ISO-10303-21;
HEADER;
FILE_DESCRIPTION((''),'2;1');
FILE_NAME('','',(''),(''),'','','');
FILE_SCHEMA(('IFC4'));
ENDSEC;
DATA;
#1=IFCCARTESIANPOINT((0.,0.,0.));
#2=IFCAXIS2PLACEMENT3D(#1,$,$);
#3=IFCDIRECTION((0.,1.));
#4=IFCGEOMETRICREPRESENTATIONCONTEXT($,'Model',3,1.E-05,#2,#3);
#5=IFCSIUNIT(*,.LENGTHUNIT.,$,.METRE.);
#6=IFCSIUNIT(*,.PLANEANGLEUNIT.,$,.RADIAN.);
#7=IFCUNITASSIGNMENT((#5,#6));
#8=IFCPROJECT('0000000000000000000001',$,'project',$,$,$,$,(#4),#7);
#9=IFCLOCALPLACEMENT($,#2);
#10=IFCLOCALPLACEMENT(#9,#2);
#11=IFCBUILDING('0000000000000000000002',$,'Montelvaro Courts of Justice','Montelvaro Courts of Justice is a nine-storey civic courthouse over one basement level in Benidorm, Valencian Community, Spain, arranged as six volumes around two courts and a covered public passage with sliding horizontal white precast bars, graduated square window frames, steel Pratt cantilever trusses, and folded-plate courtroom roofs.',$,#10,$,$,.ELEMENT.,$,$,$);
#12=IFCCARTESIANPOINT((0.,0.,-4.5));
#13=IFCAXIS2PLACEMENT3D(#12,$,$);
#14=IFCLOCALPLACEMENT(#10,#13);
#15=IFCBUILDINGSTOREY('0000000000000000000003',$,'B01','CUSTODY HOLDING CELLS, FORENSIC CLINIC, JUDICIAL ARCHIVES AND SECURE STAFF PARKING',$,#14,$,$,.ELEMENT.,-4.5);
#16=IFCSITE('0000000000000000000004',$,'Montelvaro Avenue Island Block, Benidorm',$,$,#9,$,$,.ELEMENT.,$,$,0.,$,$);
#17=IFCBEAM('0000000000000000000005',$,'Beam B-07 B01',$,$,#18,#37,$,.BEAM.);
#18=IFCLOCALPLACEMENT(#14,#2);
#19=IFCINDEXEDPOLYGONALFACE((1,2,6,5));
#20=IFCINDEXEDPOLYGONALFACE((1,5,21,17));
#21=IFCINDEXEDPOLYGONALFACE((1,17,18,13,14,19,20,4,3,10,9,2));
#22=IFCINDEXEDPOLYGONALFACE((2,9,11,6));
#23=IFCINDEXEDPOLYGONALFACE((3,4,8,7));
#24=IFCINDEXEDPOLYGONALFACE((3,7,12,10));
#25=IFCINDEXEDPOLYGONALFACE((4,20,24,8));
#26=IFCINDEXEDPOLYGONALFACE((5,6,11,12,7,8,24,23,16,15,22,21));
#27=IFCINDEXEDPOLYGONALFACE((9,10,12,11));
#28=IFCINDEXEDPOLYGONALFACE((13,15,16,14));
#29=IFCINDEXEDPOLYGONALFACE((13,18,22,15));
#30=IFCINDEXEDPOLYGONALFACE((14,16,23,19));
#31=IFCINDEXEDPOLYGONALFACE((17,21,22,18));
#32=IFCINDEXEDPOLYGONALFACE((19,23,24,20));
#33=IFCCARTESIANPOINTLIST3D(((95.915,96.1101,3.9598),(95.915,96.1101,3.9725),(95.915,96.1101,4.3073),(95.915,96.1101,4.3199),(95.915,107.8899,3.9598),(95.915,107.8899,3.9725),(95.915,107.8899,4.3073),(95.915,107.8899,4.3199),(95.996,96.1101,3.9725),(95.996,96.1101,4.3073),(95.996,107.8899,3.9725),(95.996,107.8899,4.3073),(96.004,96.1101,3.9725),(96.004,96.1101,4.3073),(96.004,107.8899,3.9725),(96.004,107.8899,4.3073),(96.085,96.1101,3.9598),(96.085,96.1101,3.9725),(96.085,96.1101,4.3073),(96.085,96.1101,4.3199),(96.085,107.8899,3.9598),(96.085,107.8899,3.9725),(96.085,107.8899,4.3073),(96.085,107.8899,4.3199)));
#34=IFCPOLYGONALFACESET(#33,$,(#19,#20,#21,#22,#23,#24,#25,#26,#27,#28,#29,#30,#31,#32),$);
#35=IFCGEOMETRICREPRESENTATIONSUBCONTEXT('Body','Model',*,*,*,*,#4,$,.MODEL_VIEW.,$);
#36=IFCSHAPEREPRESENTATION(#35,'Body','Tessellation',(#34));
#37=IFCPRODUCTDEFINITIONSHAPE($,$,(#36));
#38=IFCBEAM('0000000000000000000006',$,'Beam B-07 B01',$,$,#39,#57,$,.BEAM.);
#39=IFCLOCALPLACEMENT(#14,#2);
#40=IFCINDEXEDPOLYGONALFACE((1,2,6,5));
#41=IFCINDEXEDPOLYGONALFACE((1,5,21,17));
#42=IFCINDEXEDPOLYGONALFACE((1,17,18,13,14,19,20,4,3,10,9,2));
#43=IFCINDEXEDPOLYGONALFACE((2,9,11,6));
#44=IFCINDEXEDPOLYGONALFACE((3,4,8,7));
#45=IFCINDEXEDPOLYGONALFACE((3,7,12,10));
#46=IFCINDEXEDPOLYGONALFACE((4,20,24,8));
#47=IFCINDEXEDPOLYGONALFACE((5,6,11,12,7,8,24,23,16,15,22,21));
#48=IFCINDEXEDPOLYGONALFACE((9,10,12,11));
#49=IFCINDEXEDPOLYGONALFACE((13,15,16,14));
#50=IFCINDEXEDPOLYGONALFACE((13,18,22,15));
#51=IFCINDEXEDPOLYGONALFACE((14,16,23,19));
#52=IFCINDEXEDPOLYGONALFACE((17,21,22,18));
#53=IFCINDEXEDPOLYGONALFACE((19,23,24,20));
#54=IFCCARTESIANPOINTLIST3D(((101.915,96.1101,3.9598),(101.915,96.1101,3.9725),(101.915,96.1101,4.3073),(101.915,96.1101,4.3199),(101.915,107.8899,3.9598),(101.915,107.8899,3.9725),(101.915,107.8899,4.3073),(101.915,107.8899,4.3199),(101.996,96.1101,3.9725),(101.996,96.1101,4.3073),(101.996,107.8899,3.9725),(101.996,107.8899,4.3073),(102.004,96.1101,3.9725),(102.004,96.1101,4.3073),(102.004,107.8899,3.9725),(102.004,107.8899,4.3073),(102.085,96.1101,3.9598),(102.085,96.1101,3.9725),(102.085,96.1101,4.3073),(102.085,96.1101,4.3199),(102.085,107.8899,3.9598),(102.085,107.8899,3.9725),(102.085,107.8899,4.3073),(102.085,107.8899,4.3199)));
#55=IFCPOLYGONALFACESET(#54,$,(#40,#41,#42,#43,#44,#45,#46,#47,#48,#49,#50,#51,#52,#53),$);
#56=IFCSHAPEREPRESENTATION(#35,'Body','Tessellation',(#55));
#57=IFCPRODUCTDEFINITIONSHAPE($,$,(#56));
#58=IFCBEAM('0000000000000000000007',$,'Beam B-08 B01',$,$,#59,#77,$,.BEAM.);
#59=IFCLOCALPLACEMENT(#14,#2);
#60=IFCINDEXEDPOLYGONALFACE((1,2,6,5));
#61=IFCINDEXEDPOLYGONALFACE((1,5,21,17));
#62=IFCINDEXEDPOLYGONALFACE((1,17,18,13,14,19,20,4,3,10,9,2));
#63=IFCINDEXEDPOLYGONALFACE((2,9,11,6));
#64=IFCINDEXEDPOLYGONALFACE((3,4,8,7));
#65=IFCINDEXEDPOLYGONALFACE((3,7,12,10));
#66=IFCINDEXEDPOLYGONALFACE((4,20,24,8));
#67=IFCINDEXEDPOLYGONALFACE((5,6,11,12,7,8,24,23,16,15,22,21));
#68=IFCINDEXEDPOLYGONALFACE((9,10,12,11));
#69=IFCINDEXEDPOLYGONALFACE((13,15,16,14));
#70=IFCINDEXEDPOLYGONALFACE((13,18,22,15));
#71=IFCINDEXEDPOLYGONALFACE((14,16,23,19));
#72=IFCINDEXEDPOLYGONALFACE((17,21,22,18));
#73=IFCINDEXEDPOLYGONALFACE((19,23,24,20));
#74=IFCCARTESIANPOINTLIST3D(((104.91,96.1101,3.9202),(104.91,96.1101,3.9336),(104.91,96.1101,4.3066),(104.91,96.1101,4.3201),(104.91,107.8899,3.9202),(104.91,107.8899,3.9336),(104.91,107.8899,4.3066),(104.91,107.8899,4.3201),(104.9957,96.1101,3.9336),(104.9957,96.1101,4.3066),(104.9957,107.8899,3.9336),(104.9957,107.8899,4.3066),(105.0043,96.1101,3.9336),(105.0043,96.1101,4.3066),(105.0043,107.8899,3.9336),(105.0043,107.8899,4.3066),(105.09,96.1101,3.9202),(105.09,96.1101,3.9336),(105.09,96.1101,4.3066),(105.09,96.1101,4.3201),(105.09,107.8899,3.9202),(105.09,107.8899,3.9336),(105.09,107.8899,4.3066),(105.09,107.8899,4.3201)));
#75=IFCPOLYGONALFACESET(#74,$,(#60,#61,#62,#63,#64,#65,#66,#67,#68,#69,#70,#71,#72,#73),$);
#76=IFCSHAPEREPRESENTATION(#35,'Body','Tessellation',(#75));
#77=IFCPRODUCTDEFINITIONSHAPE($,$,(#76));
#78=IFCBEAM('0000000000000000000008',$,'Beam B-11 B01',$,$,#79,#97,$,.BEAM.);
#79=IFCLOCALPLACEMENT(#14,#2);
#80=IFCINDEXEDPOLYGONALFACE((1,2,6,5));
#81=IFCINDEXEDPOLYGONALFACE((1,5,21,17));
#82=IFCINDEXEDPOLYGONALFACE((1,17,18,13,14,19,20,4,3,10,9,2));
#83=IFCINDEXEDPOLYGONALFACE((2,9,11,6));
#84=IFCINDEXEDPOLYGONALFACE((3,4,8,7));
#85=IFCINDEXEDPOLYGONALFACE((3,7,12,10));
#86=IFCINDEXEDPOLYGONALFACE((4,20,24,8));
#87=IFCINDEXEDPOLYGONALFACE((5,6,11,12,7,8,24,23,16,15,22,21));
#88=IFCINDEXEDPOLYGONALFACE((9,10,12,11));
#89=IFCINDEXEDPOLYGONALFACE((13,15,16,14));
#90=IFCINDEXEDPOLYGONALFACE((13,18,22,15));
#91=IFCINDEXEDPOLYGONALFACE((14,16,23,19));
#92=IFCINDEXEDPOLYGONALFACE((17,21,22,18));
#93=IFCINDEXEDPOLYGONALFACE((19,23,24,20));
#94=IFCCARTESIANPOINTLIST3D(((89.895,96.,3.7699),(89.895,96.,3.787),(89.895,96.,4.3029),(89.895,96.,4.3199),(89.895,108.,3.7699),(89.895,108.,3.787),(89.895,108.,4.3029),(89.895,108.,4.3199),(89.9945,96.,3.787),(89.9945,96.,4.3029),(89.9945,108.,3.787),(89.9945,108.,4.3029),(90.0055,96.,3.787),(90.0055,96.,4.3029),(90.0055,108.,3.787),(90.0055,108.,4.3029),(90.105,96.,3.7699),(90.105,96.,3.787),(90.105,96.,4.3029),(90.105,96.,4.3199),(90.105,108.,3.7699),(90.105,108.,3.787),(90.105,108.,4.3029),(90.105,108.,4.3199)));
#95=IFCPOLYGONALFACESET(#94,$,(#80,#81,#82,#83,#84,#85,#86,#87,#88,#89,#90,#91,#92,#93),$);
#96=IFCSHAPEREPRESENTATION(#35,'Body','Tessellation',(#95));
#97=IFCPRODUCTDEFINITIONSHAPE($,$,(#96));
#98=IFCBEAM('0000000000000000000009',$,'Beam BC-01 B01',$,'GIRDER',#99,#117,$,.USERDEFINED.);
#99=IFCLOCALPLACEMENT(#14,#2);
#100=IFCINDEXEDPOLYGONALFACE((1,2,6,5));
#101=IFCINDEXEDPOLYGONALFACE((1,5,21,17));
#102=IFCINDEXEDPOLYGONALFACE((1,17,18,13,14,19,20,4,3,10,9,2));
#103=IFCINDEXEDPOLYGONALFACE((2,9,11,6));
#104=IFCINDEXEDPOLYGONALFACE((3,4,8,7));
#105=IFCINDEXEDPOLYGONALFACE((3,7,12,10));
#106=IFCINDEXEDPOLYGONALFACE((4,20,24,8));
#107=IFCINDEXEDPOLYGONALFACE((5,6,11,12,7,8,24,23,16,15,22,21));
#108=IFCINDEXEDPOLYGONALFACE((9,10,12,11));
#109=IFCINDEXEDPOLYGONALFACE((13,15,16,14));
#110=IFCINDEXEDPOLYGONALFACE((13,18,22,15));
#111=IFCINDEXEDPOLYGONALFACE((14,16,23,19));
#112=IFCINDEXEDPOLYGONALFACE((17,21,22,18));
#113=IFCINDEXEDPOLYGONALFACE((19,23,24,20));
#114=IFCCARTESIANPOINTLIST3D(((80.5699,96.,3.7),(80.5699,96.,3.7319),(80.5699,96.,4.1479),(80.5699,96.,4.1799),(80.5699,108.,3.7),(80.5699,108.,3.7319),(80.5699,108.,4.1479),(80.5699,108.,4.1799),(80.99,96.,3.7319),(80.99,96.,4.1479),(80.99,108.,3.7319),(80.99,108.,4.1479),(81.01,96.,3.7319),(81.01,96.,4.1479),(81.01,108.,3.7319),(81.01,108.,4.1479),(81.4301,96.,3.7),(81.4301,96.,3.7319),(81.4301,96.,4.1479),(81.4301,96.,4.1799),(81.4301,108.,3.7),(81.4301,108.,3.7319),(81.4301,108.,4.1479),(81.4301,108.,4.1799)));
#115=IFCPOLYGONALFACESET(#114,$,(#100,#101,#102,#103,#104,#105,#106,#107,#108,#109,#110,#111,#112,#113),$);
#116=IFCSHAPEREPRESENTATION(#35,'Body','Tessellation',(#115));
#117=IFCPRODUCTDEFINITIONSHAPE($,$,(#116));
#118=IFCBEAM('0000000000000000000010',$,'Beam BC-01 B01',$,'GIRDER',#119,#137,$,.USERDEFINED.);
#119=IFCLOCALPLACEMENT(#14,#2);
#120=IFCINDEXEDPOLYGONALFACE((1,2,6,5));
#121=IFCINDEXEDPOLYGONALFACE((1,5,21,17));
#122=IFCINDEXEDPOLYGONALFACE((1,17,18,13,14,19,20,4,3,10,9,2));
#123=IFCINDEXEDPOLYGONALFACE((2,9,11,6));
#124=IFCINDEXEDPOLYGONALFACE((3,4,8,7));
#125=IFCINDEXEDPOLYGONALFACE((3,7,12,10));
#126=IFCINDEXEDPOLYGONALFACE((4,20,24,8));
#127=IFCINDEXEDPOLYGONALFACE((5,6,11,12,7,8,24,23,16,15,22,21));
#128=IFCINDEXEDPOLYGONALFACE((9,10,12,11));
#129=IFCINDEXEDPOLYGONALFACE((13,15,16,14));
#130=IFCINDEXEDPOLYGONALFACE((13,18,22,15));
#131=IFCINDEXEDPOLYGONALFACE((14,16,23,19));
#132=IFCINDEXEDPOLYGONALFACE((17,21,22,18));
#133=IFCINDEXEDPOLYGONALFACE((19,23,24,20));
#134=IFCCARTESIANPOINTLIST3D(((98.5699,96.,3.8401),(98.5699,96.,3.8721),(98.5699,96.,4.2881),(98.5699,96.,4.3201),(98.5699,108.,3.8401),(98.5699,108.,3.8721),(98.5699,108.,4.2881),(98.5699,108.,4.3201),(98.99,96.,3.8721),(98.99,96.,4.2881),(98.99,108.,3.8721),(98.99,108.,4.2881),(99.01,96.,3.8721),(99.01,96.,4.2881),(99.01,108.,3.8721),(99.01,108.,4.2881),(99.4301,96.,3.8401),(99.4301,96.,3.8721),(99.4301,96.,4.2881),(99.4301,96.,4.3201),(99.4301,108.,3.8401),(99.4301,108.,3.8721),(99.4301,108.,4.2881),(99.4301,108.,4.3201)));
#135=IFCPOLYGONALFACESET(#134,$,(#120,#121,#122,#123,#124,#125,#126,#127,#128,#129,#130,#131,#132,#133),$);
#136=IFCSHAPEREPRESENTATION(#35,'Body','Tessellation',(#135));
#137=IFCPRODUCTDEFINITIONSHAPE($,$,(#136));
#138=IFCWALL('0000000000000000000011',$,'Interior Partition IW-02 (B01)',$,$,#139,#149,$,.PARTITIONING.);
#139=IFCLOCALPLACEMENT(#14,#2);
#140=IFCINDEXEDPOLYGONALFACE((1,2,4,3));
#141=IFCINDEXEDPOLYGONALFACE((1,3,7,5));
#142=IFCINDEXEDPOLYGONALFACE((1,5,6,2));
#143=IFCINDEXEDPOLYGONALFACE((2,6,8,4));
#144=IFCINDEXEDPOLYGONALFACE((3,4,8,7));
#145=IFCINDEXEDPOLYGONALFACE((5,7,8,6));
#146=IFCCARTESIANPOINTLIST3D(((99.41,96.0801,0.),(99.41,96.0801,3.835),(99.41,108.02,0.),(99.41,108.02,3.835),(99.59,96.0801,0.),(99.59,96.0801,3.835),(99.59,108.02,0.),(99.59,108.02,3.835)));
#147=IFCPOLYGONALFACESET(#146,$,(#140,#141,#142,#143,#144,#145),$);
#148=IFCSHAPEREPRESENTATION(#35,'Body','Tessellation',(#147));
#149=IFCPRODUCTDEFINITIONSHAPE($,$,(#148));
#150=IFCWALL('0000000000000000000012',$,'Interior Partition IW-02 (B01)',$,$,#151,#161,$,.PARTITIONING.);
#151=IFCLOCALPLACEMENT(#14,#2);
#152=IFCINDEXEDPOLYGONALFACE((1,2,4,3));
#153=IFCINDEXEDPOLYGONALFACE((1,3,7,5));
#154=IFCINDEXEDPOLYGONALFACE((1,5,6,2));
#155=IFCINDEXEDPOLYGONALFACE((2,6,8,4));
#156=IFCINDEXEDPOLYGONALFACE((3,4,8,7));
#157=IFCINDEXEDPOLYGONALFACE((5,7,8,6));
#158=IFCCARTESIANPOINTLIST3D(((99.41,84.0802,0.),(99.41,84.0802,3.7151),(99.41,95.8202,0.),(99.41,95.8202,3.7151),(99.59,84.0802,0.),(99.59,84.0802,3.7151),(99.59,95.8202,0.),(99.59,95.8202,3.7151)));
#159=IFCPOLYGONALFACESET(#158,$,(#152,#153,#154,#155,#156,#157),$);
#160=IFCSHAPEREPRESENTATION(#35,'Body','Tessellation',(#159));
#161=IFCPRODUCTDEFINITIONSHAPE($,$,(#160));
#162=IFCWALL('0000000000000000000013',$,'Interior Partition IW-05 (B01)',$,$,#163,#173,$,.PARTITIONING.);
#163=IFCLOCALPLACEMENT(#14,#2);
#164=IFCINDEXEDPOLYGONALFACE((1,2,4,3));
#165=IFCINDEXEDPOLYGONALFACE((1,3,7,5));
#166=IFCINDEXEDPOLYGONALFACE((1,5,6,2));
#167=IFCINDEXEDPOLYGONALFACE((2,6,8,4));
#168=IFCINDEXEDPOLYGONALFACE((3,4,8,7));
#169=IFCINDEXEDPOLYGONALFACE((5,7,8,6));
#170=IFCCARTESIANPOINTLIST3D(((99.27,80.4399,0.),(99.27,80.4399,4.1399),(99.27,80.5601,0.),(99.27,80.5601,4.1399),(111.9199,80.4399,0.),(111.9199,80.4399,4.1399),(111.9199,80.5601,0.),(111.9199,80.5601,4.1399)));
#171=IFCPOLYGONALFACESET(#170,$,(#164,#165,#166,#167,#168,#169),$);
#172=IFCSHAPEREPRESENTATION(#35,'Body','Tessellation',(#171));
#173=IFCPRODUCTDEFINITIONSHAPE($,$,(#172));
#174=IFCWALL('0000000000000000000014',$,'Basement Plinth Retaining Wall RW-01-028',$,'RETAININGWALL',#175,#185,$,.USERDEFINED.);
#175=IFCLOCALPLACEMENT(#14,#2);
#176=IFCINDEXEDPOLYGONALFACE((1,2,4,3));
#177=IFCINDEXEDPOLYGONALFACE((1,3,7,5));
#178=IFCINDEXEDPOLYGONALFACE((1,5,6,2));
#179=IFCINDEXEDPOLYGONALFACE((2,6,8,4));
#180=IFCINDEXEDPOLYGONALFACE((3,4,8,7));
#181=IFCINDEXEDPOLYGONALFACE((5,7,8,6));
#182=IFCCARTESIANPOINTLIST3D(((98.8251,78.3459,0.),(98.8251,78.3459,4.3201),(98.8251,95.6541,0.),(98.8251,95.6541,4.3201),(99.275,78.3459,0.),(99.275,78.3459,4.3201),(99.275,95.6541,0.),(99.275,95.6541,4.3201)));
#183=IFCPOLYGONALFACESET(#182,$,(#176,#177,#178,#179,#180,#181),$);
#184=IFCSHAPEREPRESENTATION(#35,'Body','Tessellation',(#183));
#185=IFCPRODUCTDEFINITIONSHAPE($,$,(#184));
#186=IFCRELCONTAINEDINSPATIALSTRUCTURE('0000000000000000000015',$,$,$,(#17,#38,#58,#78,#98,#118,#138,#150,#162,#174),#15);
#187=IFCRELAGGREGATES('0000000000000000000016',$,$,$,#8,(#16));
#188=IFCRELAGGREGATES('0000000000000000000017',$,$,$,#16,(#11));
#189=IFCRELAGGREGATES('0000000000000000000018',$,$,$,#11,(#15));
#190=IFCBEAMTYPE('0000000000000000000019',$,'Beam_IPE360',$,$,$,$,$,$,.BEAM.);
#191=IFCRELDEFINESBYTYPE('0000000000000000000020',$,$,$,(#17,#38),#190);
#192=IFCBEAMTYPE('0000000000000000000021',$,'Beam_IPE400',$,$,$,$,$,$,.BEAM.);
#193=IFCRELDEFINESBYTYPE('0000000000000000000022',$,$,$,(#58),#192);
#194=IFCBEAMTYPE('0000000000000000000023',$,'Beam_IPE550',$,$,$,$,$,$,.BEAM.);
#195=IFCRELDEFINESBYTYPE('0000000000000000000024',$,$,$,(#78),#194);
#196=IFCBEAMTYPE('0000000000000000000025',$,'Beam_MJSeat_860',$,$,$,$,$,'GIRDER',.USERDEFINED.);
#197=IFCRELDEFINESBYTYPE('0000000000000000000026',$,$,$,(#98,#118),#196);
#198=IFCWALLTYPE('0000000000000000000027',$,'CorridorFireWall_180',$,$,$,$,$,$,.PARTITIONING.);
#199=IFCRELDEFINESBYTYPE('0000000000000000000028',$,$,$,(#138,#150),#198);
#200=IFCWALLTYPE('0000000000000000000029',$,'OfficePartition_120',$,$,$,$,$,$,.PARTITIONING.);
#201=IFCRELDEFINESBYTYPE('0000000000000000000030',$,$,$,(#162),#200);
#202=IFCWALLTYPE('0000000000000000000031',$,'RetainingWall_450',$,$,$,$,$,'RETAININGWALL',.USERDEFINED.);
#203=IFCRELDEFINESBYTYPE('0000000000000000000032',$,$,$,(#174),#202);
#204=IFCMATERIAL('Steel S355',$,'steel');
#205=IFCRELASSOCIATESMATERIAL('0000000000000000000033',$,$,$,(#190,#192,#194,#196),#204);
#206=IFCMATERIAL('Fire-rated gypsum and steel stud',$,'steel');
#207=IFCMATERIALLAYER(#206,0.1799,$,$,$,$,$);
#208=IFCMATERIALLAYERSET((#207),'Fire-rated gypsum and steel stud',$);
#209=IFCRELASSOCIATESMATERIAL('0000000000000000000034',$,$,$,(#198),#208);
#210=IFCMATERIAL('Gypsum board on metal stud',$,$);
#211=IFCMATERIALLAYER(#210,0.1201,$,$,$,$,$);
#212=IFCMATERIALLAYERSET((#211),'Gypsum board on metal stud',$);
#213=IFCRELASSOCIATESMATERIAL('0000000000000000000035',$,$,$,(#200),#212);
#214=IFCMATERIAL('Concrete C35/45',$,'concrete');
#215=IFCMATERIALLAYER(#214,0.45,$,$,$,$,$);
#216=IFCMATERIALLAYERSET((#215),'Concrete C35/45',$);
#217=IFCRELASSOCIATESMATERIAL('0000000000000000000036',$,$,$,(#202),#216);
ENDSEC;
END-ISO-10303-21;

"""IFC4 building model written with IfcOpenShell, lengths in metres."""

from ifc_helpers import new_model, si_unit, direction, frame, frame_2d, origin, origin_2d, place, context, subcontext, project, spatial, rectangle, i_section, extrude, material, layer, layer_set, material_profile, profile_set, type_object, element, save


model = new_model("IFC4")

# Units and contexts
model_context = context("Model", 3, precision=1e-05, world=origin(), true_north=direction((0.0, 1.0)))
body_context = subcontext(model_context, "Body", "Model", "MODEL_VIEW")
ifc_project = project(units=[si_unit("LENGTHUNIT", "METRE"), si_unit("PLANEANGLEUNIT", "RADIAN")], contexts=[model_context])

# Site, building, storey
site_placement = place(None, origin())
site = spatial("IfcSite", under=ifc_project, at=site_placement, Name="Montelvaro Avenue Island Block, Benidorm", CompositionType="ELEMENT", RefElevation=0.0)
building_placement = place(site_placement, origin())
building = spatial("IfcBuilding", under=site, at=building_placement, Name="Montelvaro Courts of Justice", Description="Montelvaro Courts of Justice is a nine-storey civic courthouse over one basement level in Benidorm, Valencian Community, Spain, arranged as six volumes around two courts and a covered public passage with sliding horizontal white precast bars, graduated square window frames, steel Pratt cantilever trusses, and folded-plate courtroom roofs.", CompositionType="ELEMENT")
storey_placement = place(building_placement, frame((0.0, 0.0, -4.5)))
storey = spatial("IfcBuildingStorey", under=building, at=storey_placement, Name="B01", Description="CUSTODY HOLDING CELLS, FORENSIC CLINIC, JUDICIAL ARCHIVES AND SECURE STAFF PARKING", CompositionType="ELEMENT", Elevation=-4.5)

# Shared definitions
ifc_material_1 = material(Name="Concrete C35/45", Category="concrete")

# Beams
ifc_material_2 = material(Name="Steel S355", Category="steel")
ifc_material_profile_1 = material_profile(ifc_material_2, i_section(OverallWidth=0.1699, OverallDepth=0.3601, WebThickness=0.0081, FlangeThickness=0.0127, at=origin_2d()), Name="IPE 360")
ifc_profile_set_1 = profile_set([ifc_material_profile_1], Name="Steel S355")
beam_type_1 = type_object("IfcBeamType", Name="Beam_IPE360", PredefinedType="BEAM", material=ifc_profile_set_1)
for number, where, z_axis, x_axis, name in (
    (1, (96.0, 96.1101, 4.1399), (0.0, 1.0, 0.0), (-1.0, 0.0, 0.0), "Beam B-07 B01"),
    (2, (102.0, 96.1101, 4.1399), (0.0, 1.0, 0.0), (-1.0, 0.0, 0.0), "Beam B-07 B01"),
):
    element("IfcBeam", number, at=place(storey_placement, frame(where, z_axis=z_axis, x_axis=x_axis)), inside=storey, type_object=beam_type_1, Name=name, PredefinedType="BEAM", context=body_context, shape_type="SweptSolid", body=[
        extrude(i_section(OverallWidth=0.1699, OverallDepth=0.3601, WebThickness=0.0081, FlangeThickness=0.0127, at=origin_2d()), origin(), (0.0, 0.0, 1.0), 11.7798),
    ])
ifc_material_profile_2 = material_profile(ifc_material_2, i_section(OverallWidth=0.1799, OverallDepth=0.3999, WebThickness=0.0085, FlangeThickness=0.0134, at=origin_2d()), Name="IPE 400")
ifc_profile_set_2 = profile_set([ifc_material_profile_2], Name="Steel S355")
beam_type_2 = type_object("IfcBeamType", Name="Beam_IPE400", PredefinedType="BEAM", material=ifc_profile_set_2)
beam_1_placement = place(storey_placement, frame((105.0, 96.1101, 4.1201), z_axis=(0.0, 1.0, 0.0), x_axis=(-1.0, 0.0, 0.0)))
element("IfcBeam", 3, at=beam_1_placement, inside=storey, type_object=beam_type_2, Name="Beam B-08 B01", PredefinedType="BEAM", context=body_context, shape_type="SweptSolid", body=[
    extrude(i_section(OverallWidth=0.1799, OverallDepth=0.3999, WebThickness=0.0085, FlangeThickness=0.0134, at=origin_2d()), origin(), (0.0, 0.0, 1.0), 11.7798),
])
ifc_material_profile_3 = material_profile(ifc_material_2, i_section(OverallWidth=0.21, OverallDepth=0.55, WebThickness=0.011, FlangeThickness=0.0171, at=origin_2d()), Name="IPE 550")
ifc_profile_set_3 = profile_set([ifc_material_profile_3], Name="Steel S355")
beam_type_3 = type_object("IfcBeamType", Name="Beam_IPE550", PredefinedType="BEAM", material=ifc_profile_set_3)
beam_2_placement = place(storey_placement, frame((90.0, 96.0, 4.0449), z_axis=(0.0, 1.0, 0.0), x_axis=(-1.0, 0.0, 0.0)))
element("IfcBeam", 4, at=beam_2_placement, inside=storey, type_object=beam_type_3, Name="Beam B-11 B01", PredefinedType="BEAM", context=body_context, shape_type="SweptSolid", body=[
    extrude(i_section(OverallWidth=0.21, OverallDepth=0.55, WebThickness=0.011, FlangeThickness=0.0171, at=origin_2d()), origin(), (0.0, 0.0, 1.0), 12.0),
])
ifc_material_profile_4 = material_profile(ifc_material_2, i_section(OverallWidth=0.8601, OverallDepth=0.48, WebThickness=0.02, FlangeThickness=0.032, at=origin_2d()), Name="HL 480x860")
ifc_profile_set_4 = profile_set([ifc_material_profile_4], Name="Steel S355")
beam_type_4 = type_object("IfcBeamType", Name="Beam_MJSeat_860", ElementType="GIRDER", PredefinedType="USERDEFINED", material=ifc_profile_set_4)
for number, where, z_axis, x_axis, name in (
    (5, (81.0, 96.0, 3.9399), (0.0, 1.0, 0.0), (-1.0, 0.0, 0.0), "Beam BC-01 B01"),
    (6, (99.0, 96.0, 4.0801), (0.0, 1.0, 0.0), (-1.0, 0.0, 0.0), "Beam BC-01 B01"),
):
    element("IfcBeam", number, at=place(storey_placement, frame(where, z_axis=z_axis, x_axis=x_axis)), inside=storey, type_object=beam_type_4, Name=name, ObjectType="GIRDER", PredefinedType="USERDEFINED", context=body_context, shape_type="SweptSolid", body=[
        extrude(i_section(OverallWidth=0.8601, OverallDepth=0.48, WebThickness=0.02, FlangeThickness=0.032, at=origin_2d()), origin(), (0.0, 0.0, 1.0), 12.0),
    ])

# Walls
ifc_material_3 = material(Name="Fire-rated gypsum and steel stud", Category="steel")
ifc_layer_1 = layer(ifc_material_3, 0.1799)
ifc_layer_set_1 = layer_set([ifc_layer_1], Name="Fire-rated gypsum and steel stud")
wall_type_1 = type_object("IfcWallType", Name="CorridorFireWall_180", PredefinedType="PARTITIONING", material=ifc_layer_set_1)
wall_1_placement = place(storey_placement, frame((99.5, 96.0801, 0.0), z_axis=(0.0, 0.0, 1.0), x_axis=(0.0, 1.0, 0.0)))
element("IfcWall", 7, at=wall_1_placement, inside=storey, type_object=wall_type_1, Name="Interior Partition IW-02 (B01)", PredefinedType="PARTITIONING", context=body_context, shape_type="SweptSolid", body=[
    extrude(rectangle(XDim=11.9399, YDim=0.1799, at=frame_2d((5.97, 0.0))), origin(), (0.0, 0.0, 1.0), 3.835),
])
wall_2_placement = place(storey_placement, frame((99.5, 84.0801, 0.0), z_axis=(0.0, 0.0, 1.0), x_axis=(0.0, 1.0, 0.0)))
element("IfcWall", 8, at=wall_2_placement, inside=storey, type_object=wall_type_1, Name="Interior Partition IW-02 (B01)", PredefinedType="PARTITIONING", context=body_context, shape_type="SweptSolid", body=[
    extrude(rectangle(XDim=11.74, YDim=0.1799, at=frame_2d((5.8701, 0.0))), origin(), (0.0, 0.0, 1.0), 3.7151),
])
ifc_material_4 = material(Name="Gypsum board on metal stud")
ifc_layer_2 = layer(ifc_material_4, 0.1201)
ifc_layer_set_2 = layer_set([ifc_layer_2], Name="Gypsum board on metal stud")
wall_type_2 = type_object("IfcWallType", Name="OfficePartition_120", PredefinedType="PARTITIONING", material=ifc_layer_set_2)
wall_3_placement = place(storey_placement, frame((99.27, 80.5, 0.0), z_axis=(0.0, 0.0, 1.0), x_axis=(1.0, 0.0, 0.0)))
element("IfcWall", 9, at=wall_3_placement, inside=storey, type_object=wall_type_2, Name="Interior Partition IW-05 (B01)", PredefinedType="PARTITIONING", context=body_context, shape_type="SweptSolid", body=[
    extrude(rectangle(XDim=12.6499, YDim=0.1201, at=frame_2d((6.325, 0.0))), origin(), (0.0, 0.0, 1.0), 4.1399),
])
ifc_layer_3 = layer(ifc_material_1, 0.45)
ifc_layer_set_3 = layer_set([ifc_layer_3], Name="Concrete C35/45")
wall_type_3 = type_object("IfcWallType", Name="RetainingWall_450", ElementType="RETAININGWALL", PredefinedType="USERDEFINED", material=ifc_layer_set_3)
wall_4_placement = place(storey_placement, frame((99.05, 95.6541, 0.0), z_axis=(0.0, 0.0, 1.0), x_axis=(0.0, -1.0, 0.0)))
element("IfcWall", 10, at=wall_4_placement, inside=storey, type_object=wall_type_3, Name="Basement Plinth Retaining Wall RW-01-028", ObjectType="RETAININGWALL", PredefinedType="USERDEFINED", context=body_context, shape_type="SweptSolid", body=[
    extrude(rectangle(XDim=17.3081, YDim=0.45, at=frame_2d((8.6541, 0.0))), origin(), (0.0, 0.0, 1.0), 4.3201),
])

save(model, "model.ifc")
